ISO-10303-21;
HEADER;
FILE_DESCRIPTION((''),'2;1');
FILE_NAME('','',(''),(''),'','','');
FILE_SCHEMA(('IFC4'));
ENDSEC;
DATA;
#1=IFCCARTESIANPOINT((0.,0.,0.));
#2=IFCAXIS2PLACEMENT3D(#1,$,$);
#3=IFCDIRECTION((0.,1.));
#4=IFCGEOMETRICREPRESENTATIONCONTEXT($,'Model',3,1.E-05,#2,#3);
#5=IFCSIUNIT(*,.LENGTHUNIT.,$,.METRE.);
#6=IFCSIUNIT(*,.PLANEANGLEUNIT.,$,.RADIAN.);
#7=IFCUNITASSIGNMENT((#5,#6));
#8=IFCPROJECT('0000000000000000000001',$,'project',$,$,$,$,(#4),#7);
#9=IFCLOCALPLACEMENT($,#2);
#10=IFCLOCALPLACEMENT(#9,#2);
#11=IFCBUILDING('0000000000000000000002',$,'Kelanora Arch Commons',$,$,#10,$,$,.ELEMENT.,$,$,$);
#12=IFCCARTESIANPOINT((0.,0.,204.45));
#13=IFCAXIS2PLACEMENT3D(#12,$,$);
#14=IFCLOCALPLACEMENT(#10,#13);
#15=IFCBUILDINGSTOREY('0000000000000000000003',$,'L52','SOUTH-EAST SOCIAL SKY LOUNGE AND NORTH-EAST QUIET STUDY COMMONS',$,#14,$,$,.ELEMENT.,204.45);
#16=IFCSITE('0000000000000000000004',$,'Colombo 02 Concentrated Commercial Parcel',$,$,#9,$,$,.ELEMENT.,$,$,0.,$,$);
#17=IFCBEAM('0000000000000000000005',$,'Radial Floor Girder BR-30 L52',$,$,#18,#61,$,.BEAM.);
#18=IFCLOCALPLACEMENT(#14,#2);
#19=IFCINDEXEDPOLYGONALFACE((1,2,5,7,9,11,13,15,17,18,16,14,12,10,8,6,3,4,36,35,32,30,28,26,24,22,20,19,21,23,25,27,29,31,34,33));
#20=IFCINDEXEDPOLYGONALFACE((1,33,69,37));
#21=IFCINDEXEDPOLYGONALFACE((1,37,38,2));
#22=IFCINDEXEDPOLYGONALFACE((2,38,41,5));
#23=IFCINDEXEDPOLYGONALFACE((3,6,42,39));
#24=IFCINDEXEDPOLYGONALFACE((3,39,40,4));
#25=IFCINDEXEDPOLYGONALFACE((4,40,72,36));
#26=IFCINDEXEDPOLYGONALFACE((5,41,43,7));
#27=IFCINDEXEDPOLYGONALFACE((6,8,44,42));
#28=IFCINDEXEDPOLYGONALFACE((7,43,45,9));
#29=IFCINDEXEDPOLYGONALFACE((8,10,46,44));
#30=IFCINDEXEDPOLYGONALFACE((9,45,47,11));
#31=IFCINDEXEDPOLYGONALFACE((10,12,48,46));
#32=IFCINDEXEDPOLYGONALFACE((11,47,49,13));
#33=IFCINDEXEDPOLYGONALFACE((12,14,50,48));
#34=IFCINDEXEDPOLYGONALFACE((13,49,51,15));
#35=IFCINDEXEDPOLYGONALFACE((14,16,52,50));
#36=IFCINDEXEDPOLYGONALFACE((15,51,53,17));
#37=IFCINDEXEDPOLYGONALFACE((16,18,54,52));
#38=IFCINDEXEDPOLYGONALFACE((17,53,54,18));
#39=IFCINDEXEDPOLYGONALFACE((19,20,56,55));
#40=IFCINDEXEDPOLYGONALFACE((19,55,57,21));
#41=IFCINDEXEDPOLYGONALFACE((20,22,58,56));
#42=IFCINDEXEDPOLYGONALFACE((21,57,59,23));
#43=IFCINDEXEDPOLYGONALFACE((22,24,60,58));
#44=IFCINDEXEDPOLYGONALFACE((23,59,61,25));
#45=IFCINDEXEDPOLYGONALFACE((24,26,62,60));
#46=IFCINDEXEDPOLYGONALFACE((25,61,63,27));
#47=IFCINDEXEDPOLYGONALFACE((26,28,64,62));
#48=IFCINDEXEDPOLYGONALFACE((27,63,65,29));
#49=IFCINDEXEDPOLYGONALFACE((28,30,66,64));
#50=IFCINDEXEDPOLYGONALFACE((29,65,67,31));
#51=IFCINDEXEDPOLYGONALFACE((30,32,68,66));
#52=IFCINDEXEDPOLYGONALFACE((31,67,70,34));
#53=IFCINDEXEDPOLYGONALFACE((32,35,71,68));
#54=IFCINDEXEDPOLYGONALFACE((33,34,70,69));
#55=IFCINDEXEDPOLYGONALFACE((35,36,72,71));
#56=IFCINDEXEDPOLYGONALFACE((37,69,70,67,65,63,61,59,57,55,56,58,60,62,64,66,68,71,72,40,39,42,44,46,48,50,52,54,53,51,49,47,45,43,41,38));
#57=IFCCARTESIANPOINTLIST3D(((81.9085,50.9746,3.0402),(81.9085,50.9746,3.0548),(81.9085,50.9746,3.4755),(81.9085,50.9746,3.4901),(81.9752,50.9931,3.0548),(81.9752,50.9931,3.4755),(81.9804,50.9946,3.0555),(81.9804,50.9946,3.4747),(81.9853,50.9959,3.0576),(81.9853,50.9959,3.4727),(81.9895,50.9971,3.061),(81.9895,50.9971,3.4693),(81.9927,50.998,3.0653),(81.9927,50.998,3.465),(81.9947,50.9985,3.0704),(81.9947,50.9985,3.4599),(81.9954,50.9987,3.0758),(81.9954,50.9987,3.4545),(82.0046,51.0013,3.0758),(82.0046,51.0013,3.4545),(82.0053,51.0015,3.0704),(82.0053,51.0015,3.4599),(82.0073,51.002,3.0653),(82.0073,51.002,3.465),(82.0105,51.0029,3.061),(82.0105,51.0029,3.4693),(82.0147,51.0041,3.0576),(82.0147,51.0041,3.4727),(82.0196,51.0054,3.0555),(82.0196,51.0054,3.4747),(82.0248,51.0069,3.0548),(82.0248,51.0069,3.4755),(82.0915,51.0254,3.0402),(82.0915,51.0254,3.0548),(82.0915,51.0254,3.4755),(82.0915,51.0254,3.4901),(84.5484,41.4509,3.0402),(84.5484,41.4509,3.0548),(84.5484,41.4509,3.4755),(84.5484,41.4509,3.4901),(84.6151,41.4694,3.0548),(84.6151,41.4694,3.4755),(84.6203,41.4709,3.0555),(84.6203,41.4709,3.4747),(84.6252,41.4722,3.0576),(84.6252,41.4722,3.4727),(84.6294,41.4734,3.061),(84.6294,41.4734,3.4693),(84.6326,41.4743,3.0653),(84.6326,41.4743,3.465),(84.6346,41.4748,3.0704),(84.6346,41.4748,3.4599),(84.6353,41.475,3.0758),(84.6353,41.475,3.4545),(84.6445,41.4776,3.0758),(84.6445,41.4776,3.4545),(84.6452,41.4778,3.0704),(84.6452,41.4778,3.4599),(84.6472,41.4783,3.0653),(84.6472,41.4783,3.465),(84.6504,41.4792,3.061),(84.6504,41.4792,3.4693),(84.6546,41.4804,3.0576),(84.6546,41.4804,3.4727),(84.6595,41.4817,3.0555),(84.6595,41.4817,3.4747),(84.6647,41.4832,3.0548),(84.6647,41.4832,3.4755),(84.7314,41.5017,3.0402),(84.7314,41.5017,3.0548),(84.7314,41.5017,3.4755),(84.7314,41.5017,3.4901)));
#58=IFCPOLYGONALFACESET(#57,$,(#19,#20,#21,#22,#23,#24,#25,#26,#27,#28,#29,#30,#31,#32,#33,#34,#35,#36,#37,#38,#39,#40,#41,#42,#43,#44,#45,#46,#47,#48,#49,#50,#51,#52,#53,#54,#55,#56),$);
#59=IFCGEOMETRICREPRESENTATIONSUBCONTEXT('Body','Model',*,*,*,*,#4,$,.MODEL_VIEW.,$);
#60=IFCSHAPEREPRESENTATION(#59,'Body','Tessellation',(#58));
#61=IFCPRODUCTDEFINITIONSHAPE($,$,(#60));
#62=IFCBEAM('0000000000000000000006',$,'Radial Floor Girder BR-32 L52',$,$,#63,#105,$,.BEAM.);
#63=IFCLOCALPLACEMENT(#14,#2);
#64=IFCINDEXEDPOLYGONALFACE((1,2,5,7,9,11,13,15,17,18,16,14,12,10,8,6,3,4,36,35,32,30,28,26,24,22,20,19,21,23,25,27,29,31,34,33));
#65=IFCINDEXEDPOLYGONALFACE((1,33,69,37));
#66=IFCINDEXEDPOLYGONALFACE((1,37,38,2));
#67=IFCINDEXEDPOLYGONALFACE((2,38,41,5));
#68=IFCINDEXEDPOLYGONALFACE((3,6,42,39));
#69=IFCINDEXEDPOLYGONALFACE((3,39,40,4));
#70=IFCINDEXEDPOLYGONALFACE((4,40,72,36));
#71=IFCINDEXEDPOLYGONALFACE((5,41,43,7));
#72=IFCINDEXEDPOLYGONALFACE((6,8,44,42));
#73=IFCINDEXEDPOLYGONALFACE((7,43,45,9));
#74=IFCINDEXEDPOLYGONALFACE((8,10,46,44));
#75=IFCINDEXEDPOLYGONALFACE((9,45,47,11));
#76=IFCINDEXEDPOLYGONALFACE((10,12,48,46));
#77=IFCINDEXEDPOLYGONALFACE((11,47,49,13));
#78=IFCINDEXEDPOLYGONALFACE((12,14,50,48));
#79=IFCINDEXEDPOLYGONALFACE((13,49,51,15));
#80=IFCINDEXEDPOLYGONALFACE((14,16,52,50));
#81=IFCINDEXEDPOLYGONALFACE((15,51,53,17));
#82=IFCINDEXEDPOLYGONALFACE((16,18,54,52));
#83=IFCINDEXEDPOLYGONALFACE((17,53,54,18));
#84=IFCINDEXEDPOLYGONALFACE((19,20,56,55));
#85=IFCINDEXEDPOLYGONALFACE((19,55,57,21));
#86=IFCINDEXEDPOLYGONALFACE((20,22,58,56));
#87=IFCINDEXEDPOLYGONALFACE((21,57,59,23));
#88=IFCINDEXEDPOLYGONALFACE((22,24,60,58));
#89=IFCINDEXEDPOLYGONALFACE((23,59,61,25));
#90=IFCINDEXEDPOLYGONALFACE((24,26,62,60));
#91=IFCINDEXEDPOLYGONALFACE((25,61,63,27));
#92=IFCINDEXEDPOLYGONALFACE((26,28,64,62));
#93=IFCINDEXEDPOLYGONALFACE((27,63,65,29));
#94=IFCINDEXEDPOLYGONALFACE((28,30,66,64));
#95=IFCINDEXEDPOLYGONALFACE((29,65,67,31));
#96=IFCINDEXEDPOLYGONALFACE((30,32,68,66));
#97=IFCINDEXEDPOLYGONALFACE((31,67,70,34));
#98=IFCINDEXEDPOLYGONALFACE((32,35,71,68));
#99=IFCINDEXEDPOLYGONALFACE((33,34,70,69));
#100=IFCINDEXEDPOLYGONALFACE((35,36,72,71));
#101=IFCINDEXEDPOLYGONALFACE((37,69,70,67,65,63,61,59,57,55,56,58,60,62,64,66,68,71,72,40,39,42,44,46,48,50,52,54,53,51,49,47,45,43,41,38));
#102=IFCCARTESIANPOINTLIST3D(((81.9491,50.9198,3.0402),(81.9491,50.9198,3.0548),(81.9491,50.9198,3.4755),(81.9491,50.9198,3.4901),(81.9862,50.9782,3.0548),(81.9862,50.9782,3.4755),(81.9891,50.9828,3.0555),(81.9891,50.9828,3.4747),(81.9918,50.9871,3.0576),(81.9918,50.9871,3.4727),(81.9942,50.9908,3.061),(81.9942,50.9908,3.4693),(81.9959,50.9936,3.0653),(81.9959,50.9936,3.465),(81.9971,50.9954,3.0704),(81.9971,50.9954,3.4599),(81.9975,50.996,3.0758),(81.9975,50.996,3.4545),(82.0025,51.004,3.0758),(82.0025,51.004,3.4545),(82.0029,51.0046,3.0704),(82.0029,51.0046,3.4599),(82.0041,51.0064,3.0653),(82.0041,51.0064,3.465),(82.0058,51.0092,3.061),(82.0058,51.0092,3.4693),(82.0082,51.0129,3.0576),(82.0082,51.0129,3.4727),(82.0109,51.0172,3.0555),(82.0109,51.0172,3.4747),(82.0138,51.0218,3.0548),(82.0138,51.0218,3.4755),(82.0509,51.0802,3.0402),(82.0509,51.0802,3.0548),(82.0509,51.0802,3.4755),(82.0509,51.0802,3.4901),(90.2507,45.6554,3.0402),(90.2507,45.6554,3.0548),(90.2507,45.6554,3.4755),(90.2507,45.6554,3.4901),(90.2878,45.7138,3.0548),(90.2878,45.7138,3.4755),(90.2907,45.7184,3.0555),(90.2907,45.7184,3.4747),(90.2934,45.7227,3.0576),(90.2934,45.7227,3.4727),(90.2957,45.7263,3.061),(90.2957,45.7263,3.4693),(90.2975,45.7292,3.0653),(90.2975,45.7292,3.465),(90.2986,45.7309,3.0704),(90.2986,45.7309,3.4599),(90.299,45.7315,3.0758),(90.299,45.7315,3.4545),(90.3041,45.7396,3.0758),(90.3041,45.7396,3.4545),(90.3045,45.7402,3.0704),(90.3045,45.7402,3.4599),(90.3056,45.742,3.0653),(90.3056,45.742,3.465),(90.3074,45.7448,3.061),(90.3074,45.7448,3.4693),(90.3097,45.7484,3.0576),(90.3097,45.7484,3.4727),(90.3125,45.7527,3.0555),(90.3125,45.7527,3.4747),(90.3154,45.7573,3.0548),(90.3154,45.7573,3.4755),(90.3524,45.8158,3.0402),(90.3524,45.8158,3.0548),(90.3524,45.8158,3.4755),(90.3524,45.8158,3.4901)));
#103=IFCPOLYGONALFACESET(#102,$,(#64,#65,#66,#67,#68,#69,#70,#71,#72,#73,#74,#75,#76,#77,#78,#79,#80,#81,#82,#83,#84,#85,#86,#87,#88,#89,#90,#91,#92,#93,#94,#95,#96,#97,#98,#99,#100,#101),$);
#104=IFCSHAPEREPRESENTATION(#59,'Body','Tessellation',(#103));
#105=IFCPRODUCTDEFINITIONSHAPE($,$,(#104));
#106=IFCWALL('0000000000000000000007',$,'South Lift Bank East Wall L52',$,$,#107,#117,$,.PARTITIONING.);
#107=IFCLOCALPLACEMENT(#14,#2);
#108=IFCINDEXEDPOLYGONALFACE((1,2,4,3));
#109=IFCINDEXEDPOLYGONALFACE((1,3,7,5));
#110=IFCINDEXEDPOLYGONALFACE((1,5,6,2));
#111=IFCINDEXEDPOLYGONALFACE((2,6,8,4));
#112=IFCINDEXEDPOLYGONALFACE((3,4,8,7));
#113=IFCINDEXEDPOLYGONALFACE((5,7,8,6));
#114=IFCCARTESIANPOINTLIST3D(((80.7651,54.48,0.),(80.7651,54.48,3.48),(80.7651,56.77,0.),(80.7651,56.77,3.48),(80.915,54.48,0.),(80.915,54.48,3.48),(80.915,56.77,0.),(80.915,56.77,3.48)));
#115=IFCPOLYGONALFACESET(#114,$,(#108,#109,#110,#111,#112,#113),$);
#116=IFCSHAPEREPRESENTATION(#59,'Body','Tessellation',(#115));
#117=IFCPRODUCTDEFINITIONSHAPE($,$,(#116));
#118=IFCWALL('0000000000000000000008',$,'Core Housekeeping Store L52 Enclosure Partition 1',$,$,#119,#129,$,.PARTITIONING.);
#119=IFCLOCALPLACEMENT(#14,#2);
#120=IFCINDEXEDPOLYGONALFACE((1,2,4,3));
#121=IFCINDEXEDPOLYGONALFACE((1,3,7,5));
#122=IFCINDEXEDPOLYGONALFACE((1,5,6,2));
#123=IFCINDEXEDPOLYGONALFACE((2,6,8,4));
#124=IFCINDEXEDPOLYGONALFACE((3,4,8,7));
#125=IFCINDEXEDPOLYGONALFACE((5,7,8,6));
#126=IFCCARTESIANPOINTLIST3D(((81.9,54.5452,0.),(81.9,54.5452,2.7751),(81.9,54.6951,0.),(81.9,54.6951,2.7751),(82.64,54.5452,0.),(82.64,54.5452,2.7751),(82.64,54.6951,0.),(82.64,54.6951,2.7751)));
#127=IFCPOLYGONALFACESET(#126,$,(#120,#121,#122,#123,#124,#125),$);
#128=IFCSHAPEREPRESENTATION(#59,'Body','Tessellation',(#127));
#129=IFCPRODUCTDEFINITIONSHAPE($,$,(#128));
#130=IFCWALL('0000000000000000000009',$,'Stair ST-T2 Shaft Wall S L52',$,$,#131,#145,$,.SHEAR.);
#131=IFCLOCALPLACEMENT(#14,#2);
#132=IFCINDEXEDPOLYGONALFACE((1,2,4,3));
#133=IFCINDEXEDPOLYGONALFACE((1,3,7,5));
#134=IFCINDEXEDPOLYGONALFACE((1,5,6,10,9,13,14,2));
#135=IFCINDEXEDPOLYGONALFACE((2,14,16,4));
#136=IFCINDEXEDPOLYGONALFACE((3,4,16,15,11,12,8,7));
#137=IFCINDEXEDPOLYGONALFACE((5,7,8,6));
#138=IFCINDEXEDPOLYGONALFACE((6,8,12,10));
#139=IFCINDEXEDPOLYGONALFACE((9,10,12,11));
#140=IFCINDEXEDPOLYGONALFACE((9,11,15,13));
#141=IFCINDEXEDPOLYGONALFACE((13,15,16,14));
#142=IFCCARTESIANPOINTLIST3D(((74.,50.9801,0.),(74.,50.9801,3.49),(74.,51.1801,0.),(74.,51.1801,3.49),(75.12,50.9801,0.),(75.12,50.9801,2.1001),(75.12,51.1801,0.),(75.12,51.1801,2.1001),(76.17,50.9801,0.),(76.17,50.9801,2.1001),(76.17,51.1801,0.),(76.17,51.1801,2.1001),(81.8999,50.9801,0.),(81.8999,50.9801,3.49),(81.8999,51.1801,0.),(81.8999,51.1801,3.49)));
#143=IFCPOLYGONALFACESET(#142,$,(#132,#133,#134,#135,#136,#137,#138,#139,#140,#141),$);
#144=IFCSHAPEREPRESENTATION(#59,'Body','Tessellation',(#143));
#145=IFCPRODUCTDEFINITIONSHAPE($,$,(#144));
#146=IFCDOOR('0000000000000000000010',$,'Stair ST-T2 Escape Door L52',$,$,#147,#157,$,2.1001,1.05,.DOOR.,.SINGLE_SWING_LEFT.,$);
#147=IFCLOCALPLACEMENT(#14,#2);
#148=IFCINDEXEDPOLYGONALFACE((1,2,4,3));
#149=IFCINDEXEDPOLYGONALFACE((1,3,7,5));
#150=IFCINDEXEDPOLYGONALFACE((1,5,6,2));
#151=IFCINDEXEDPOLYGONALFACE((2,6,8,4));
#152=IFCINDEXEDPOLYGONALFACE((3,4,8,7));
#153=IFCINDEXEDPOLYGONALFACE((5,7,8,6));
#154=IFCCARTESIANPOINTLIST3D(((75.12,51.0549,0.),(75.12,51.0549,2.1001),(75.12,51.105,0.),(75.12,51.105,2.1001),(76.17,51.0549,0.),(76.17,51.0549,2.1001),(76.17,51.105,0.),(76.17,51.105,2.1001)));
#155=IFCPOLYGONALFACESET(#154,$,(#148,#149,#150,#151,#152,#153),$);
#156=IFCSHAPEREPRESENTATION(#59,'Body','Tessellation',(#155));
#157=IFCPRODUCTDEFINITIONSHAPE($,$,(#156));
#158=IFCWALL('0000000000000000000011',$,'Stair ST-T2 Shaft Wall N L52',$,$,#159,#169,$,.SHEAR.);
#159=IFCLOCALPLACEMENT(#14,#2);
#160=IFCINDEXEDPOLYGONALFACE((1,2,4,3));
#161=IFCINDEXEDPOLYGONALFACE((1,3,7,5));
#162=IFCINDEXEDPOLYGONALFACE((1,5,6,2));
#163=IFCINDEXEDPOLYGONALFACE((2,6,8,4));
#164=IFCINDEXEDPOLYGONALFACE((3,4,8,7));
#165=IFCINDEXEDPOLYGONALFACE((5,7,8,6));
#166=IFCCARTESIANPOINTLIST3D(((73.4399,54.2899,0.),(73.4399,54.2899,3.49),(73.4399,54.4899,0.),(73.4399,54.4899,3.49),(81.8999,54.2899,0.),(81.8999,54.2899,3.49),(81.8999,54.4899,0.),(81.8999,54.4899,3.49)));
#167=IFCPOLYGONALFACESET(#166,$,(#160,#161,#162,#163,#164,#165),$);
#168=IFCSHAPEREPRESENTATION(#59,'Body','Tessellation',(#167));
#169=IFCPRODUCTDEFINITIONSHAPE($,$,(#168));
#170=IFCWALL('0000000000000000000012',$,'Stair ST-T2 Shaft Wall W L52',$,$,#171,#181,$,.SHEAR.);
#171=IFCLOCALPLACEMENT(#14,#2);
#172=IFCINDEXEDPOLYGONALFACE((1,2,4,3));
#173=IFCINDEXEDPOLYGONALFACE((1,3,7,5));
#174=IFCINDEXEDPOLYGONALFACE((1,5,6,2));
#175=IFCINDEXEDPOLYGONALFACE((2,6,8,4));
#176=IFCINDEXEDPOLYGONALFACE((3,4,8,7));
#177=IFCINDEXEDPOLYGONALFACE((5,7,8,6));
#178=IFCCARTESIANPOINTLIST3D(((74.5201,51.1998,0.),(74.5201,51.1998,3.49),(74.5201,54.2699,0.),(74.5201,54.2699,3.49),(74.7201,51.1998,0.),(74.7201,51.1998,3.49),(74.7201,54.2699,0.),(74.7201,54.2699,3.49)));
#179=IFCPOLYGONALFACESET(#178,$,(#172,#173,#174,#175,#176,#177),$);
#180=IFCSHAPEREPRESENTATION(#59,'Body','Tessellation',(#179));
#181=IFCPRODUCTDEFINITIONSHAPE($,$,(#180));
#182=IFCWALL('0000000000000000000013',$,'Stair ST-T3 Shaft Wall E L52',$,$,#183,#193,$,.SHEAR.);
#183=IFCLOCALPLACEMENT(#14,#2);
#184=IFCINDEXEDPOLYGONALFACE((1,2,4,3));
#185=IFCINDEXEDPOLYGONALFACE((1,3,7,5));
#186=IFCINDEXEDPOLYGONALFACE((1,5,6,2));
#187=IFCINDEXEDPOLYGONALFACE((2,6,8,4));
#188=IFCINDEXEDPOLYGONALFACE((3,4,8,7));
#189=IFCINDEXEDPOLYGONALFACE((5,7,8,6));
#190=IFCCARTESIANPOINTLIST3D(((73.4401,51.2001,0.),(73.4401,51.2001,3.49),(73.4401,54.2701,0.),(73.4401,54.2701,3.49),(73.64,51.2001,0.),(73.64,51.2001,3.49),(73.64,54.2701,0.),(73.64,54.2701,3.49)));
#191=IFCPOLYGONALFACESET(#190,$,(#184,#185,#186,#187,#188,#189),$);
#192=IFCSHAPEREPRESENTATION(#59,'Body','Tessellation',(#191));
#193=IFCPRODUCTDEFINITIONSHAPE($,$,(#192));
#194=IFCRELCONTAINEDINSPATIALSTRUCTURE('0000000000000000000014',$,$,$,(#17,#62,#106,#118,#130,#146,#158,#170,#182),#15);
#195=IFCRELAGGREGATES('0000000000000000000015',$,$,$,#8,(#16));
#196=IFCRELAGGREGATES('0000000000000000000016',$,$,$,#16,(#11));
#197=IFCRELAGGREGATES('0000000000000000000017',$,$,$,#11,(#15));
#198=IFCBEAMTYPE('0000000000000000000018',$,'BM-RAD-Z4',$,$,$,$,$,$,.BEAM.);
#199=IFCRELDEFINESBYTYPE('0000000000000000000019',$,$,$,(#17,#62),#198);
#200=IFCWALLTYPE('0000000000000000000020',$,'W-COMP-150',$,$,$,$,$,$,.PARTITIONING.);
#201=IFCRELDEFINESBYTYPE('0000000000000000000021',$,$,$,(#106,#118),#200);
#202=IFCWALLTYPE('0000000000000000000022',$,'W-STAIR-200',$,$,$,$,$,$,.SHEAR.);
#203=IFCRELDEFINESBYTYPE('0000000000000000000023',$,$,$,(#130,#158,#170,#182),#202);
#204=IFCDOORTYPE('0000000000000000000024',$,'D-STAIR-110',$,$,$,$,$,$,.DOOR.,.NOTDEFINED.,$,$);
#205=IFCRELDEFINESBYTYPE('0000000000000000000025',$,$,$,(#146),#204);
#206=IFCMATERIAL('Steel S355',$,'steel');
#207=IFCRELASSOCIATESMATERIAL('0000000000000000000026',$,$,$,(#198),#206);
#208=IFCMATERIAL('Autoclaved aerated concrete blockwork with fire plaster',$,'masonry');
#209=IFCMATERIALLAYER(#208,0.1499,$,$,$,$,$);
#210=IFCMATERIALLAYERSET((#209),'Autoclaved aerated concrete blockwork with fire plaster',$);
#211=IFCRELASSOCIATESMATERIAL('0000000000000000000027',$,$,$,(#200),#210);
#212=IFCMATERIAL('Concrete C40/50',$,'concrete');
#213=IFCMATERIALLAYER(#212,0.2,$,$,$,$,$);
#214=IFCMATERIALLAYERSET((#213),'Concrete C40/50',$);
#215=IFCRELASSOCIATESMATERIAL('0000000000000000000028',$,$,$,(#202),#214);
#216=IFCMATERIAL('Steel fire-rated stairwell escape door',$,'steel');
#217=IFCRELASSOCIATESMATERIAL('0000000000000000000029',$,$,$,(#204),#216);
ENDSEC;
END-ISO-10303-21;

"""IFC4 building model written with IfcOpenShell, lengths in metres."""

from ifc_helpers import new_model, si_unit, direction, frame, frame_2d, origin, origin_2d, place, context, subcontext, project, spatial, rectangle, i_section, extrude, material, layer, layer_set, material_profile, profile_set, type_object, element, fill, save


model = new_model("IFC4")

# Units and contexts
model_context = context("Model", 3, precision=1e-05, world=origin(), true_north=direction((0.0, 1.0)))
body_context = subcontext(model_context, "Body", "Model", "MODEL_VIEW")
ifc_project = project(units=[si_unit("LENGTHUNIT", "METRE"), si_unit("PLANEANGLEUNIT", "RADIAN")], contexts=[model_context])

# Site, building, storey
site_placement = place(None, origin())
site = spatial("IfcSite", under=ifc_project, at=site_placement, Name="Colombo 02 Concentrated Commercial Parcel", CompositionType="ELEMENT", RefElevation=0.0)
building_placement = place(site_placement, origin())
building = spatial("IfcBuilding", under=site, at=building_placement, Name="Kelanora Arch Commons", CompositionType="ELEMENT")
storey_placement = place(building_placement, frame((0.0, 0.0, 204.45)))
storey = spatial("IfcBuildingStorey", under=building, at=storey_placement, Name="L52", Description="SOUTH-EAST SOCIAL SKY LOUNGE AND NORTH-EAST QUIET STUDY COMMONS", CompositionType="ELEMENT", Elevation=204.45)

# Beams
ifc_material_1 = material(Name="Steel S355", Category="steel")
ifc_material_profile_1 = material_profile(ifc_material_1, i_section(OverallWidth=0.1899, OverallDepth=0.45, WebThickness=0.0095, FlangeThickness=0.0146, FilletRadius=0.021, at=origin_2d()), Name="IPE450")
ifc_profile_set_1 = profile_set([ifc_material_profile_1], Name="Steel S355")
beam_type_1 = type_object("IfcBeamType", Name="BM-RAD-Z4", PredefinedType="BEAM", material=ifc_profile_set_1)
beam_1_placement = place(storey_placement, frame((82.0, 51.0, 3.2651), z_axis=(0.26712, -0.963663, 0.0), x_axis=(0.963663, 0.26712, 0.0)))
element("IfcBeam", 1, at=beam_1_placement, inside=storey, type_object=beam_type_1, Name="Radial Floor Girder BR-30 L52", PredefinedType="BEAM", context=body_context, shape_type="SweptSolid", body=[
    extrude(i_section(OverallWidth=0.1899, OverallDepth=0.45, WebThickness=0.0095, FlangeThickness=0.0146, FilletRadius=0.021, at=origin_2d()), origin(), (0.0, 0.0, 1.0), 9.8828),
])
beam_2_placement = place(storey_placement, frame((82.0, 51.0, 3.2651), z_axis=(0.844507, -0.535544, 0.0), x_axis=(0.535544, 0.844507, 0.0)))
element("IfcBeam", 2, at=beam_2_placement, inside=storey, type_object=beam_type_1, Name="Radial Floor Girder BR-32 L52", PredefinedType="BEAM", context=body_context, shape_type="SweptSolid", body=[
    extrude(i_section(OverallWidth=0.1899, OverallDepth=0.45, WebThickness=0.0095, FlangeThickness=0.0146, FilletRadius=0.021, at=origin_2d()), origin(), (0.0, 0.0, 1.0), 9.8301),
])

# Walls
ifc_material_2 = material(Name="Autoclaved aerated concrete blockwork with fire plaster", Category="masonry")
ifc_layer_1 = layer(ifc_material_2, 0.1499)
ifc_layer_set_1 = layer_set([ifc_layer_1], Name="Autoclaved aerated concrete blockwork with fire plaster")
wall_type_1 = type_object("IfcWallType", Name="W-COMP-150", PredefinedType="PARTITIONING", material=ifc_layer_set_1)
wall_1_placement = place(storey_placement, frame((80.8401, 54.48, 0.0), z_axis=(0.0, 0.0, 1.0), x_axis=(0.0, 1.0, 0.0)))
element("IfcWall", 3, at=wall_1_placement, inside=storey, type_object=wall_type_1, Name="South Lift Bank East Wall L52", PredefinedType="PARTITIONING", context=body_context, shape_type="SweptSolid", body=[
    extrude(rectangle(XDim=2.29, YDim=0.1499, at=frame_2d((1.145, 0.0))), origin(), (0.0, 0.0, 1.0), 3.48),
])
wall_2_placement = place(storey_placement, frame((81.8999, 54.6201, 0.0), z_axis=(0.0, 0.0, 1.0), x_axis=(1.0, 0.0, 0.0)))
element("IfcWall", 4, at=wall_2_placement, inside=storey, type_object=wall_type_1, Name="Core Housekeeping Store L52 Enclosure Partition 1", PredefinedType="PARTITIONING", context=body_context, shape_type="SweptSolid", body=[
    extrude(rectangle(XDim=0.74, YDim=0.1499, at=frame_2d((0.3701, 0.0))), origin(), (0.0, 0.0, 1.0), 2.7751),
])

# Wall, opening, door
ifc_material_3 = material(Name="Concrete C40/50", Category="concrete")
ifc_layer_2 = layer(ifc_material_3, 0.2)
ifc_layer_set_2 = layer_set([ifc_layer_2], Name="Concrete C40/50")
wall_type_2 = type_object("IfcWallType", Name="W-STAIR-200", PredefinedType="SHEAR", material=ifc_layer_set_2)
wall_3_placement = place(storey_placement, frame((74.0, 51.0801, 0.0), z_axis=(0.0, 0.0, 1.0), x_axis=(1.0, 0.0, 0.0)))
wall_3 = element("IfcWall", 5, at=wall_3_placement, inside=storey, type_object=wall_type_2, Name="Stair ST-T2 Shaft Wall S L52", PredefinedType="SHEAR", context=body_context, shape_type="SweptSolid", body=[
    extrude(rectangle(XDim=7.8999, YDim=0.2, at=frame_2d((3.95, 0.0))), origin(), (0.0, 0.0, 1.0), 3.49),
])
opening_placement = place(wall_3_placement, frame((1.1201, 0.0, 0.0)))
opening = element("IfcOpeningElement", 6, at=opening_placement, cuts=wall_3, PredefinedType="OPENING", context=body_context, shape_type="SweptSolid", body=[
    extrude(rectangle(XDim=1.05, YDim=2.1001, at=frame_2d((0.5249, 1.05))), frame((0.0, 0.1099, 0.0), z_axis=(0.0, -1.0, 0.0), x_axis=(1.0, 0.0, 0.0)), (0.0, 0.0, 1.0), 0.22),
])
ifc_material_4 = material(Name="Steel fire-rated stairwell escape door", Category="steel")
door_type = type_object("IfcDoorType", Name="D-STAIR-110", OperationType="NOTDEFINED", PredefinedType="DOOR", material=ifc_material_4)
door_placement = place(opening_placement, origin())
door = element("IfcDoor", 7, at=door_placement, inside=storey, type_object=door_type, Name="Stair ST-T2 Escape Door L52", OperationType="SINGLE_SWING_LEFT", OverallHeight=2.1001, OverallWidth=1.05, PredefinedType="DOOR", context=body_context, shape_type="SweptSolid", body=[
    extrude(rectangle(XDim=1.05, YDim=2.1001, at=frame_2d((0.5249, 1.05))), frame((0.0, 0.0249, 0.0), z_axis=(0.0, -1.0, 0.0), x_axis=(1.0, 0.0, 0.0)), (0.0, 0.0, 1.0), 0.05),
])
fill(opening, door)

# Walls
wall_4_placement = place(storey_placement, frame((81.8999, 54.3899, 0.0), z_axis=(0.0, 0.0, 1.0), x_axis=(-1.0, 0.0, 0.0)))
element("IfcWall", 8, at=wall_4_placement, inside=storey, type_object=wall_type_2, Name="Stair ST-T2 Shaft Wall N L52", PredefinedType="SHEAR", context=body_context, shape_type="SweptSolid", body=[
    extrude(rectangle(XDim=8.46, YDim=0.2, at=frame_2d((4.23, 0.0))), origin(), (0.0, 0.0, 1.0), 3.49),
])
for number, where, z_axis, x_axis, name in (
    (9, (74.6201, 54.27, 0.0), (0.0, 0.0, 1.0), (0.0, -1.0, 0.0), "Stair ST-T2 Shaft Wall W L52"),
    (10, (73.54, 51.2, 0.0), (0.0, 0.0, 1.0), (0.0, 1.0, 0.0), "Stair ST-T3 Shaft Wall E L52"),
):
    element("IfcWall", number, at=place(storey_placement, frame(where, z_axis=z_axis, x_axis=x_axis)), inside=storey, type_object=wall_type_2, Name=name, PredefinedType="SHEAR", context=body_context, shape_type="SweptSolid", body=[
        extrude(rectangle(XDim=3.0701, YDim=0.2, at=frame_2d((1.5352, 0.0))), origin(), (0.0, 0.0, 1.0), 3.49),
    ])

save(model, "model.ifc")
